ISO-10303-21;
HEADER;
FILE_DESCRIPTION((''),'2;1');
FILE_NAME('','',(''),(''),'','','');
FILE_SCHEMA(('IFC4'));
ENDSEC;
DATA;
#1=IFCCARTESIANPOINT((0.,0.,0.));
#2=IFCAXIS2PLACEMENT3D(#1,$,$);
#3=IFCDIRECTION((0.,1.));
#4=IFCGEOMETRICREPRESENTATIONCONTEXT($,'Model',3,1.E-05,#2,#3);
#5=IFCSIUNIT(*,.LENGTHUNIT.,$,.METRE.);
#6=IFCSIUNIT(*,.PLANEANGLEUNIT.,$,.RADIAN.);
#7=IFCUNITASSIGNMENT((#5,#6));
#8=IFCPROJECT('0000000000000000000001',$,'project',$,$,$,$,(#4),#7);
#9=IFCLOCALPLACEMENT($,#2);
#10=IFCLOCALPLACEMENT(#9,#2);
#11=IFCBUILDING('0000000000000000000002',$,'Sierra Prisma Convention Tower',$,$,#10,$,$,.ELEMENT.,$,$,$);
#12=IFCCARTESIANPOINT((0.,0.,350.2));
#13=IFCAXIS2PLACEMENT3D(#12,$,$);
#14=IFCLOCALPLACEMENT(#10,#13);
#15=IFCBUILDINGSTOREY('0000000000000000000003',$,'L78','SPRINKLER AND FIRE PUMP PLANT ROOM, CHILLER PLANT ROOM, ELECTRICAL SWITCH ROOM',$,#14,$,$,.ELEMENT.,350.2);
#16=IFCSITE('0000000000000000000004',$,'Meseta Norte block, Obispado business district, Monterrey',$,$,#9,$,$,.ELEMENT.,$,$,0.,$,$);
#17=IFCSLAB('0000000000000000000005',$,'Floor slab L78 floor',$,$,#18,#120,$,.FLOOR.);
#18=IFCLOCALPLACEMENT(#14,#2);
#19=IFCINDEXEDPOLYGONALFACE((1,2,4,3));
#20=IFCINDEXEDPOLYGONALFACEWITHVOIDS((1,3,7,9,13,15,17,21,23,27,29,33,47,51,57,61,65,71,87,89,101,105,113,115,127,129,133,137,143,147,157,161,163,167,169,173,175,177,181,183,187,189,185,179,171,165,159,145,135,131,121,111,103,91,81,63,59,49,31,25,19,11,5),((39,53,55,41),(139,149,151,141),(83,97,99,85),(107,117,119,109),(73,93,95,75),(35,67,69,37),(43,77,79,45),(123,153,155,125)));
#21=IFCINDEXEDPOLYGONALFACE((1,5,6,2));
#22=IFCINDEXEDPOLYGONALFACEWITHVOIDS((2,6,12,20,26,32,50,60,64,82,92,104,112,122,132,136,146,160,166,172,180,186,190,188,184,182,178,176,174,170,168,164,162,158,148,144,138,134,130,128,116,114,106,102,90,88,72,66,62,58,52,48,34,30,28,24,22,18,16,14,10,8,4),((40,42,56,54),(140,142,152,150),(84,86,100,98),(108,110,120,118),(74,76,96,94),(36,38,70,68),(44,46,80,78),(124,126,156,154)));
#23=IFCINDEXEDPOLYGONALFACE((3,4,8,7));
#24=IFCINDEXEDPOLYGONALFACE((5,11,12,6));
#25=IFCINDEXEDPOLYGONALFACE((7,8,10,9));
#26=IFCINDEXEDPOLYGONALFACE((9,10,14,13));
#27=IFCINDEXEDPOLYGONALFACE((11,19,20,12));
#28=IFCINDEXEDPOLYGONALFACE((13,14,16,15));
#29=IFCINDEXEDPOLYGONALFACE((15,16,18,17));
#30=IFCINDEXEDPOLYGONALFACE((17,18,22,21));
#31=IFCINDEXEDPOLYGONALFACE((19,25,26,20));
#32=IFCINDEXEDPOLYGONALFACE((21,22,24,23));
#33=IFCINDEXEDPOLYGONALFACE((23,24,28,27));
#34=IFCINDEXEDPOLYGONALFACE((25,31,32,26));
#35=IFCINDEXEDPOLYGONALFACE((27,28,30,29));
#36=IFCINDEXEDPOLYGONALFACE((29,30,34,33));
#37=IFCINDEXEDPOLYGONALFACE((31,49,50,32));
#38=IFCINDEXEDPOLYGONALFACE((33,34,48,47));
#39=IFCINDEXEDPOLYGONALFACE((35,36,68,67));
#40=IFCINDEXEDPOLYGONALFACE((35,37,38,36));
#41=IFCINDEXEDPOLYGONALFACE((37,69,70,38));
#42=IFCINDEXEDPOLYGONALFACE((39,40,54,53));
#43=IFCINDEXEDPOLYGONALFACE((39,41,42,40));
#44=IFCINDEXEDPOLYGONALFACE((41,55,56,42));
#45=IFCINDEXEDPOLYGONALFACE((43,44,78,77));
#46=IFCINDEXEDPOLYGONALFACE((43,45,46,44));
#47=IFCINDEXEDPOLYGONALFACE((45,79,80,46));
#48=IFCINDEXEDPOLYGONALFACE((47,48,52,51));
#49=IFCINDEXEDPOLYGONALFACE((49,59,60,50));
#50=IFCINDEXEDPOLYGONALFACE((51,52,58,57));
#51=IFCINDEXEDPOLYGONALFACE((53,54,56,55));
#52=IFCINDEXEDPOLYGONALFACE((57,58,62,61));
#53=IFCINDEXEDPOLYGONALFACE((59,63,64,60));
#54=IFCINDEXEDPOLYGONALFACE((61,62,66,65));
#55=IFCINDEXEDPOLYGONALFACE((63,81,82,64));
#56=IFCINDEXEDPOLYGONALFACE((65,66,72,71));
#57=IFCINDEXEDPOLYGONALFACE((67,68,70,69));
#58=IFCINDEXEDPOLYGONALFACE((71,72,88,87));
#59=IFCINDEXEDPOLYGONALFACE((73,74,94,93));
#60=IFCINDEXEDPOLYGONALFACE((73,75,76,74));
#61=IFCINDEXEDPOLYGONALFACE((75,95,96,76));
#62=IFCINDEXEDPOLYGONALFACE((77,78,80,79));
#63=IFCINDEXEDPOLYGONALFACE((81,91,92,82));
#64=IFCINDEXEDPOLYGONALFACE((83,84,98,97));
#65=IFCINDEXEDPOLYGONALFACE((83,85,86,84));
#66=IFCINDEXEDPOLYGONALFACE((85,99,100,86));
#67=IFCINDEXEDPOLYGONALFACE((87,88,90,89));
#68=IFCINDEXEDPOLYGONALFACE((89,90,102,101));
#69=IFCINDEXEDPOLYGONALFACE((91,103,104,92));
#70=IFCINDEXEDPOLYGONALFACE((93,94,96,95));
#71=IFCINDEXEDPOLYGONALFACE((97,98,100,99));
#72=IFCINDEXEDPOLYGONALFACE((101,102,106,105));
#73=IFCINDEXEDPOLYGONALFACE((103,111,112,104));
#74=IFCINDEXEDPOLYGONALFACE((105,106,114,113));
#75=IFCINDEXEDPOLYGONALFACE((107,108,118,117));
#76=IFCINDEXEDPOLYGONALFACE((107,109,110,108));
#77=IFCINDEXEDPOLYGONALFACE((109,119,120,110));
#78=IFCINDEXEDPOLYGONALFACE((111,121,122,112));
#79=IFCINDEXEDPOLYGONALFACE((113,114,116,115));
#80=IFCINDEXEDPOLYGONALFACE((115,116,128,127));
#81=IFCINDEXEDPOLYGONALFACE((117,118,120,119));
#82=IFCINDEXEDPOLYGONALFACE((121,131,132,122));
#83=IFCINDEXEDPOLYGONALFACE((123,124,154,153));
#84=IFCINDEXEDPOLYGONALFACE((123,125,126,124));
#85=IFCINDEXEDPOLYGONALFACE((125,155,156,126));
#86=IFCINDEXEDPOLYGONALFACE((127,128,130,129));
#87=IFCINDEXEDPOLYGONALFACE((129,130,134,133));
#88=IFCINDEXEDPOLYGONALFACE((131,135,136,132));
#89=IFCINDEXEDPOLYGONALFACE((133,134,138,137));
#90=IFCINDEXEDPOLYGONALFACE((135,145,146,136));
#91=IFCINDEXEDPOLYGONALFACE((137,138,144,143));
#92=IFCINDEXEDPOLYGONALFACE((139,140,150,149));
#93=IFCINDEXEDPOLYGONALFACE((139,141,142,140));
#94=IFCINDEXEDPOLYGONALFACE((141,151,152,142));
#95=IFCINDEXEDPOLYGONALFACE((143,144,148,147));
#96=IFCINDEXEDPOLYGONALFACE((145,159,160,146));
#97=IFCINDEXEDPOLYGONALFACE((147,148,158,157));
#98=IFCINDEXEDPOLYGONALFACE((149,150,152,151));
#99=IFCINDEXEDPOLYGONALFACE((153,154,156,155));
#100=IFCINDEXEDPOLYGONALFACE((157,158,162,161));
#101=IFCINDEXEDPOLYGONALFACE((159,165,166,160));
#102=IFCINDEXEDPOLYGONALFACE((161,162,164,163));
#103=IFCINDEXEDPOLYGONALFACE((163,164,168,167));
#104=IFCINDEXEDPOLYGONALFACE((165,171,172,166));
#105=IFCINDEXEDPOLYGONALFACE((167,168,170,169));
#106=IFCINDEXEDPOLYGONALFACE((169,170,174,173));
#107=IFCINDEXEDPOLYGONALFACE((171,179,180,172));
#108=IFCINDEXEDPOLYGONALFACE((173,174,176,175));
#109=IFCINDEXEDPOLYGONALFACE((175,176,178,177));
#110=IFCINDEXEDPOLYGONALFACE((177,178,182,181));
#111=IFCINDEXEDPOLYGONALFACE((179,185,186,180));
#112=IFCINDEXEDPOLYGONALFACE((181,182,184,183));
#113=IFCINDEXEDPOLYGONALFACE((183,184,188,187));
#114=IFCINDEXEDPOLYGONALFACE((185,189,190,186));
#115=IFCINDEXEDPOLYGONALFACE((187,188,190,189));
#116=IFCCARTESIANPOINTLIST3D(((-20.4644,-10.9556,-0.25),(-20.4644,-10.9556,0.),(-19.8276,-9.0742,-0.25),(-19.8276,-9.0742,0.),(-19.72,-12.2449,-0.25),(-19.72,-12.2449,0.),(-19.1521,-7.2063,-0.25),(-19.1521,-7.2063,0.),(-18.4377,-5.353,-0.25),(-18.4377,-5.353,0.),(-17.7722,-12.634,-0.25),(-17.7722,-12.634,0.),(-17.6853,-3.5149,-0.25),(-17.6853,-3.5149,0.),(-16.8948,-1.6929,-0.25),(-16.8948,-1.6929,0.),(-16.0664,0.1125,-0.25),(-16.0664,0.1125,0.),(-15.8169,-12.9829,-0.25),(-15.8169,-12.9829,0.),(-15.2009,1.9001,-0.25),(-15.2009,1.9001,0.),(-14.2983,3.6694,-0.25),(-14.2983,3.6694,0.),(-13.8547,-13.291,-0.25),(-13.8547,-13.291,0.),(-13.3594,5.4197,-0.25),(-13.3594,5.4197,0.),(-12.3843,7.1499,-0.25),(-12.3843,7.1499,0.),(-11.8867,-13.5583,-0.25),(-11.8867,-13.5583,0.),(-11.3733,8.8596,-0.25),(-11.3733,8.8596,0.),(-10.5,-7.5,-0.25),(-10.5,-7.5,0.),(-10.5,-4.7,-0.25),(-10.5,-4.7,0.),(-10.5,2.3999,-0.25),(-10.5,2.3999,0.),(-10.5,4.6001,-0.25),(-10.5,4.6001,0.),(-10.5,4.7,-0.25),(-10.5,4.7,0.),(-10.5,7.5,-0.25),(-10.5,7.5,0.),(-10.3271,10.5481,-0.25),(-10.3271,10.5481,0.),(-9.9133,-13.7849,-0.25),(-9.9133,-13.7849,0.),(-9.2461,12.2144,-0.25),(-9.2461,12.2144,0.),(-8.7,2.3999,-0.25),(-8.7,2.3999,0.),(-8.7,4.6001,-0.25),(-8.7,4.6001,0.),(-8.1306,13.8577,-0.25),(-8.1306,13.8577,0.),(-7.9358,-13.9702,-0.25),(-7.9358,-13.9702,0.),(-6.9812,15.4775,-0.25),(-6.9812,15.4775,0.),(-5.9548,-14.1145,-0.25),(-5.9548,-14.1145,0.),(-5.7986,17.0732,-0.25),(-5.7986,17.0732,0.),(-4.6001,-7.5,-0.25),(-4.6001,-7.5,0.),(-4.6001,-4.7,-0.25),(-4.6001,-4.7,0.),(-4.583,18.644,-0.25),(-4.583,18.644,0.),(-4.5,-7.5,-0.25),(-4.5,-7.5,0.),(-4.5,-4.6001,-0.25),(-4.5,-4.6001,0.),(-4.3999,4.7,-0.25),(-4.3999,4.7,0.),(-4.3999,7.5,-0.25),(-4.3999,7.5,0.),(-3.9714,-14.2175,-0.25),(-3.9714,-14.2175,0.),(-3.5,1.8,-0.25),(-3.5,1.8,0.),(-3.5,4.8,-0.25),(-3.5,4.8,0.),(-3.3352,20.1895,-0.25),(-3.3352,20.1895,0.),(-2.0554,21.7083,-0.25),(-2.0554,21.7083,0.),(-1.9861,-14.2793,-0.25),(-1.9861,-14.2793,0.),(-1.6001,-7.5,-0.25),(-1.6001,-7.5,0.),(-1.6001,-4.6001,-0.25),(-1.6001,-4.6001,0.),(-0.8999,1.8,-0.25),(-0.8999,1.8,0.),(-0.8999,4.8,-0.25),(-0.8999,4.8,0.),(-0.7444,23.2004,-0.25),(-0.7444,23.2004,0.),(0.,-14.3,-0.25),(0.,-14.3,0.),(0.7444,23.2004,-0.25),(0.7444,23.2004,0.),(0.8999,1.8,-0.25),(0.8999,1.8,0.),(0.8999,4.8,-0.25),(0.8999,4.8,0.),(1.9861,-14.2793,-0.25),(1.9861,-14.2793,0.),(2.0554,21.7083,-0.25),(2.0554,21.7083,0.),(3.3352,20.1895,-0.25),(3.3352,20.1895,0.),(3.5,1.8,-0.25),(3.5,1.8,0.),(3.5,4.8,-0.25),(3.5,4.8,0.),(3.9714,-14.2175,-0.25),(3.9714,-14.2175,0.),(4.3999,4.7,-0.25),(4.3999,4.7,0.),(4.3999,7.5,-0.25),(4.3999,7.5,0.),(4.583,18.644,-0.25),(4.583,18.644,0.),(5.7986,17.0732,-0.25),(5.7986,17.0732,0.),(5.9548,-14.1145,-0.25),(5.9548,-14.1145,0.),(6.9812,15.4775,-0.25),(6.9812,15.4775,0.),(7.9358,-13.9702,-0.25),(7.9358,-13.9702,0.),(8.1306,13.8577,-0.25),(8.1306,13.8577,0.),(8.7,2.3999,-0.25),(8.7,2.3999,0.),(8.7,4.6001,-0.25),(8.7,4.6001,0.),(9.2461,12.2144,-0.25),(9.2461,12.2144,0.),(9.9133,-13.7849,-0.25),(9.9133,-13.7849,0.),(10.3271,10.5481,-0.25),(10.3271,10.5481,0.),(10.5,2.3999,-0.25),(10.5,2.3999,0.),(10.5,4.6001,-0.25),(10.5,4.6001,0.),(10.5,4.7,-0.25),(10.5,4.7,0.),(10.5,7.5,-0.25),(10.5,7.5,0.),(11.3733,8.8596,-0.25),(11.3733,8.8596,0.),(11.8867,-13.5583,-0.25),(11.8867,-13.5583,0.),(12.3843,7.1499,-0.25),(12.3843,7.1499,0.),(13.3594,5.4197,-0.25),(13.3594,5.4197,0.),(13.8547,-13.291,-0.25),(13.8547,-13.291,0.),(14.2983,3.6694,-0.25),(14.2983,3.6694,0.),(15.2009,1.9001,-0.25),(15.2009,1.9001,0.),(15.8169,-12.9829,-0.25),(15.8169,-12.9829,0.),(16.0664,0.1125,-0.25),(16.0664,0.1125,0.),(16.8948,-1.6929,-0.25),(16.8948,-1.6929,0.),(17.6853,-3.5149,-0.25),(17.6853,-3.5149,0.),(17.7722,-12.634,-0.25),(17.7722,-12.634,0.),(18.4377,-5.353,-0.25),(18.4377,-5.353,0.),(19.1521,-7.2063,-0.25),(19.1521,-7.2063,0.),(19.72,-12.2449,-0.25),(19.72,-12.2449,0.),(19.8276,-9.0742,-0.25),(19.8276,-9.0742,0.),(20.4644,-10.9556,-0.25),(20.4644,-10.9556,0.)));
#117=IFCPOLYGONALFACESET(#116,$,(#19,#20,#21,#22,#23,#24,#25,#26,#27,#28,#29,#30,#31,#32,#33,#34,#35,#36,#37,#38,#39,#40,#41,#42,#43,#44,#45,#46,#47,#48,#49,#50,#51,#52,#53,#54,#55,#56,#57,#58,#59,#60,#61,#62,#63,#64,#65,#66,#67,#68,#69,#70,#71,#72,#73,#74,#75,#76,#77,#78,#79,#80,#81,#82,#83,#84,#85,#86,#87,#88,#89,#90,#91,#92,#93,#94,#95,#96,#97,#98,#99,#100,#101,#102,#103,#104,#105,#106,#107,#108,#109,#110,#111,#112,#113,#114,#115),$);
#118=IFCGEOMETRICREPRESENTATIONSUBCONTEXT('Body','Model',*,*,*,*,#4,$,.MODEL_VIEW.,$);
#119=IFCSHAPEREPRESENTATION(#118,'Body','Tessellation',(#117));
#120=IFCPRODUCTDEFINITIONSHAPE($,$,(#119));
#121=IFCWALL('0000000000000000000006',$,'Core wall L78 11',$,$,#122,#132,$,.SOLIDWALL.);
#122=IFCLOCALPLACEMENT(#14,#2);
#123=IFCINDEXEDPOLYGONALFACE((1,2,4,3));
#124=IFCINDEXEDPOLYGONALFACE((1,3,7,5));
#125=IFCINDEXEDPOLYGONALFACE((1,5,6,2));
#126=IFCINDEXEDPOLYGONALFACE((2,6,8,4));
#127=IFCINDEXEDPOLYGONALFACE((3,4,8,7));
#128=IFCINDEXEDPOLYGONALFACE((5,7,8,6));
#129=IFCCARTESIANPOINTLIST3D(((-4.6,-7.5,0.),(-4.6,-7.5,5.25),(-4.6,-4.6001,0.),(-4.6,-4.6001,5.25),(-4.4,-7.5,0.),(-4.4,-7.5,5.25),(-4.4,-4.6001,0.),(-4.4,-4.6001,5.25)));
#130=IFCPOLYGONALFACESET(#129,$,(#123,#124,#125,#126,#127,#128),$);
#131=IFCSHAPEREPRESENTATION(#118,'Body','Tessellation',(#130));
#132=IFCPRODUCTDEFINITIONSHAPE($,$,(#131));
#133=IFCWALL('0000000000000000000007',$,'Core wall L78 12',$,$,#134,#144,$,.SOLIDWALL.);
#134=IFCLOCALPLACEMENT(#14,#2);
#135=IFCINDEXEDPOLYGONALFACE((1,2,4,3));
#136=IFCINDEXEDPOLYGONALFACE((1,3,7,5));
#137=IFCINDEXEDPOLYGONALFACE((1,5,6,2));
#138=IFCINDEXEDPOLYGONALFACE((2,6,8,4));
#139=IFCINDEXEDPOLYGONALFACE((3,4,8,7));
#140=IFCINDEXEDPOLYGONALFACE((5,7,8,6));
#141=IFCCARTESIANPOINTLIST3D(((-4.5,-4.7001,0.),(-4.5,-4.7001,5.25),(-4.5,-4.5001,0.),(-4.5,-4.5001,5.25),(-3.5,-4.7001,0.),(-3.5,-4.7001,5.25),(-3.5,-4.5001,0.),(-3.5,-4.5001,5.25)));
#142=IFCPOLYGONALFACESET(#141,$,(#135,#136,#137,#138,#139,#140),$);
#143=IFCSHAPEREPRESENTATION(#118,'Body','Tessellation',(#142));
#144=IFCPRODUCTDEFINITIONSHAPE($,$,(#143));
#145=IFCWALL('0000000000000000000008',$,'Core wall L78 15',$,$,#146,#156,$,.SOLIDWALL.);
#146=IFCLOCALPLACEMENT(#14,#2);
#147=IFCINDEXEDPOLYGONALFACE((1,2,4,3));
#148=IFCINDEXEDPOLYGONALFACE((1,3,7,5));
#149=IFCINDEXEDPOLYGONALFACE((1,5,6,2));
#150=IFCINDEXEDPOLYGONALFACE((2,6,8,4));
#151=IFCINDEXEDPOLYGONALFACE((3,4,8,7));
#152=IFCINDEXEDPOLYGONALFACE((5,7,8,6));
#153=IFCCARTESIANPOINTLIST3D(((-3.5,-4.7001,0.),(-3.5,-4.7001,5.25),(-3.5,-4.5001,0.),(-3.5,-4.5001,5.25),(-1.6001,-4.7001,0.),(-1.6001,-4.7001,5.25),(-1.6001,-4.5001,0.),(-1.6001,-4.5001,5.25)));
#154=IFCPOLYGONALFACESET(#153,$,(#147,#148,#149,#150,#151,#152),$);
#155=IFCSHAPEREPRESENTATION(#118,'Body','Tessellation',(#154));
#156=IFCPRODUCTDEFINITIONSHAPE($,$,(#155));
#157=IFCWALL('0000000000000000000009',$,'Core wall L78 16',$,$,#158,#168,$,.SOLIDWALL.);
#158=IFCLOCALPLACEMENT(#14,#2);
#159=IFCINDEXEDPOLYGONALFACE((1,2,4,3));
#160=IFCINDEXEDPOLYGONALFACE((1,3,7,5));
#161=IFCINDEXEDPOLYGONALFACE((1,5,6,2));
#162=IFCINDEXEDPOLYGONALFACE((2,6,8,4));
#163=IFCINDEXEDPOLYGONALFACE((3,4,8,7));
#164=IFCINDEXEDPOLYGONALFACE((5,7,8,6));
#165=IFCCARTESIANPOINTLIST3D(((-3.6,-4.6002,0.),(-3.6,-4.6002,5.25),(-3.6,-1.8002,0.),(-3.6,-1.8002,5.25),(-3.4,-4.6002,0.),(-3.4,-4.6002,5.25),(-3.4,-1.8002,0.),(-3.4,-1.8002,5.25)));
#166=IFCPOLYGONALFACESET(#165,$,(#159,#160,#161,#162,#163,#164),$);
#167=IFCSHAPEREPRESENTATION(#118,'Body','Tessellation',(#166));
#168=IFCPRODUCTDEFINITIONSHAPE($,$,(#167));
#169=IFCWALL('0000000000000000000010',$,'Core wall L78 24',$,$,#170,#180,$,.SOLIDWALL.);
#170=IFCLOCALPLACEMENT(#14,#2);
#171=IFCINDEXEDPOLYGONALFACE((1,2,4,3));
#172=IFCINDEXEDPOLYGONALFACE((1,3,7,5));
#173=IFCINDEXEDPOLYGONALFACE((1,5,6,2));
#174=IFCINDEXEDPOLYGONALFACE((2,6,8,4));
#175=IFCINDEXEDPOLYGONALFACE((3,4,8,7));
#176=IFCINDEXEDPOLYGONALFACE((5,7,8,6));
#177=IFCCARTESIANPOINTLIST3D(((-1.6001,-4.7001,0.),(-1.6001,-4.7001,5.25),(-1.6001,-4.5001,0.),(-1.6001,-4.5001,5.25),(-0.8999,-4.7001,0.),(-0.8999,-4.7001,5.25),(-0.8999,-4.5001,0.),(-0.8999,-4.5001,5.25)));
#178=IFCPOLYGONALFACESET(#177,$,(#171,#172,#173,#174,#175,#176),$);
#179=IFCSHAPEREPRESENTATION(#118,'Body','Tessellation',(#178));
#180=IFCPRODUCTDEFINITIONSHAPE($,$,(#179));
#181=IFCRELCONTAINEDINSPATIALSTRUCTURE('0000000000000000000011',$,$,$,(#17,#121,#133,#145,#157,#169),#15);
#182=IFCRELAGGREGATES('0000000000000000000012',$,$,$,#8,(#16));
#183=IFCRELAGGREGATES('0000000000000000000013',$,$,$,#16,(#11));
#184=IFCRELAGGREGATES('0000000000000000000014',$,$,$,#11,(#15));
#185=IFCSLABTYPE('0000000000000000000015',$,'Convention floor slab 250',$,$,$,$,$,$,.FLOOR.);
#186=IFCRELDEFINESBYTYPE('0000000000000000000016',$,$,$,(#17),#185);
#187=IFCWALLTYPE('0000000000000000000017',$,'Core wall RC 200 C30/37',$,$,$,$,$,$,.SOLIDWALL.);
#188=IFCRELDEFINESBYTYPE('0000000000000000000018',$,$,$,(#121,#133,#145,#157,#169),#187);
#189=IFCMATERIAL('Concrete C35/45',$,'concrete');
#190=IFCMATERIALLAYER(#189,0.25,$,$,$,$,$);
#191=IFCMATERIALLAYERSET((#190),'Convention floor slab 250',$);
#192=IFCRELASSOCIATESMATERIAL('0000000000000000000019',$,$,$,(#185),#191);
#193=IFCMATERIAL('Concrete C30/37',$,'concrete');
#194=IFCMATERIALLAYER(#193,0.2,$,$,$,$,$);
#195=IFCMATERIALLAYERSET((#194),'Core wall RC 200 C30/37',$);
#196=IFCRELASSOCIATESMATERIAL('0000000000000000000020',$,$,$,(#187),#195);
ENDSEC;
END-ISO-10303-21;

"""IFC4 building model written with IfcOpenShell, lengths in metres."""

from ifc_helpers import new_model, si_unit, direction, frame, frame_2d, origin, place, context, subcontext, project, spatial, polyline, rectangle, outline, extrude, material, layer, layer_set, type_object, element, save


model = new_model("IFC4")

# Units and contexts
model_context = context("Model", 3, precision=1e-05, world=origin(), true_north=direction((0.0, 1.0)))
body_context = subcontext(model_context, "Body", "Model", "MODEL_VIEW")
ifc_project = project(units=[si_unit("LENGTHUNIT", "METRE"), si_unit("PLANEANGLEUNIT", "RADIAN")], contexts=[model_context])

# Site, building, storey
site_placement = place(None, origin())
site = spatial("IfcSite", under=ifc_project, at=site_placement, Name="Meseta Norte block, Obispado business district, Monterrey", CompositionType="ELEMENT", RefElevation=0.0)
building_placement = place(site_placement, origin())
building = spatial("IfcBuilding", under=site, at=building_placement, Name="Sierra Prisma Convention Tower", CompositionType="ELEMENT")
storey_placement = place(building_placement, frame((0.0, 0.0, 350.2)))
storey = spatial("IfcBuildingStorey", under=building, at=storey_placement, Name="L78", Description="SPRINKLER AND FIRE PUMP PLANT ROOM, CHILLER PLANT ROOM, ELECTRICAL SWITCH ROOM", CompositionType="ELEMENT", Elevation=350.2)

# Slab
ifc_material_1 = material(Name="Concrete C35/45", Category="concrete")
ifc_layer_1 = layer(ifc_material_1, 0.25)
ifc_layer_set_1 = layer_set([ifc_layer_1], Name="Convention floor slab 250")
slab_type = type_object("IfcSlabType", Name="Convention floor slab 250", PredefinedType="FLOOR", material=ifc_layer_set_1)
slab_placement = place(storey_placement, frame((0.0, 0.0, -0.25)))
element("IfcSlab", 1, at=slab_placement, inside=storey, type_object=slab_type, Name="Floor slab L78 floor", PredefinedType="FLOOR", context=body_context, shape_type="SweptSolid", body=[
    extrude(outline(polyline([(-19.72, -12.2449), (-17.7722, -12.634), (-15.8169, -12.9829), (-13.8547, -13.291), (-11.8867, -13.5583), (-9.9133, -13.7849), (-7.9358, -13.9702), (-5.9548, -14.1145), (-3.9714, -14.2175), (-1.9861, -14.2793), (0.0, -14.3), (1.9861, -14.2793), (3.9714, -14.2175), (5.9548, -14.1145), (7.9358, -13.9702), (9.9133, -13.7849), (11.8867, -13.5583), (13.8547, -13.291), (15.8169, -12.9829), (17.7722, -12.634), (19.72, -12.2449), (20.4644, -10.9556), (19.8276, -9.0742), (19.1521, -7.2063), (18.4377, -5.353), (17.6853, -3.5149), (16.8948, -1.6929), (16.0664, 0.1125), (15.2009, 1.9001), (14.2983, 3.6694), (13.3594, 5.4197), (12.3843, 7.1499), (11.3733, 8.8596), (10.3271, 10.5481), (9.2461, 12.2144), (8.1306, 13.8577), (6.9812, 15.4775), (5.7986, 17.0732), (4.583, 18.644), (3.3352, 20.1895), (2.0554, 21.7083), (0.7444, 23.2004), (-0.7444, 23.2004), (-2.0554, 21.7083), (-3.3352, 20.1895), (-4.583, 18.644), (-5.7986, 17.0732), (-6.9812, 15.4775), (-8.1306, 13.8577), (-9.2461, 12.2144), (-10.3271, 10.5481), (-11.3733, 8.8596), (-12.3843, 7.1499), (-13.3594, 5.4197), (-14.2983, 3.6694), (-15.2009, 1.9001), (-16.0664, 0.1125), (-16.8948, -1.6929), (-17.6853, -3.5149), (-18.4377, -5.353), (-19.1521, -7.2063), (-19.8276, -9.0742), (-20.4644, -10.9556), (-19.72, -12.2449)]), holes=[polyline([(-4.6001, -4.7), (-4.6001, -7.5), (-10.5, -7.5), (-10.5, -4.7), (-4.6001, -4.7)]), polyline([(-1.6001, -4.6001), (-1.6001, -7.5), (-4.5, -7.5), (-4.5, -4.6001), (-1.6001, -4.6001)]), polyline([(-0.8999, 4.8), (-0.8999, 1.8), (-3.5, 1.8), (-3.5, 4.8), (-0.8999, 4.8)]), polyline([(3.5, 4.8), (3.5, 1.8), (0.8999, 1.8), (0.8999, 4.8), (3.5, 4.8)]), polyline([(-8.7, 4.6001), (-8.7, 2.3999), (-10.5, 2.3999), (-10.5, 4.6001), (-8.7, 4.6001)]), polyline([(10.5, 4.6001), (10.5, 2.3999), (8.7, 2.3999), (8.7, 4.6001), (10.5, 4.6001)]), polyline([(-4.3999, 7.5), (-4.3999, 4.7), (-10.5, 4.7), (-10.5, 7.5), (-4.3999, 7.5)]), polyline([(10.5, 7.5), (10.5, 4.7), (4.3999, 4.7), (4.3999, 7.5), (10.5, 7.5)])]), origin(), (0.0, 0.0, 1.0), 0.25),
])

# Shared definitions
ifc_material_2 = material(Name="Concrete C30/37", Category="concrete")
ifc_layer_2 = layer(ifc_material_2, 0.2)
ifc_layer_set_2 = layer_set([ifc_layer_2], Name="Core wall RC 200 C30/37")
wall_type_1 = type_object("IfcWallType", Name="Core wall RC 200 C30/37", PredefinedType="SOLIDWALL", material=ifc_layer_set_2)

# Walls
wall_1_placement = place(storey_placement, frame((-4.5, -4.6001, 0.0), z_axis=(0.0, 0.0, 1.0), x_axis=(0.0, -1.0, 0.0)))
element("IfcWall", 2, at=wall_1_placement, inside=storey, type_object=wall_type_1, Name="Core wall L78 11", PredefinedType="SOLIDWALL", context=body_context, shape_type="SweptSolid", body=[
    extrude(rectangle(XDim=2.8999, YDim=0.2, at=frame_2d((1.45, 0.0))), origin(), (0.0, 0.0, 1.0), 5.25),
])
wall_2_placement = place(storey_placement, frame((-4.5, -4.6001, 0.0), z_axis=(0.0, 0.0, 1.0), x_axis=(1.0, 0.0, 0.0)))
element("IfcWall", 3, at=wall_2_placement, inside=storey, type_object=wall_type_1, Name="Core wall L78 12", PredefinedType="SOLIDWALL", context=body_context, shape_type="SweptSolid", body=[
    extrude(rectangle(XDim=1.0, YDim=0.2, at=frame_2d((0.5, 0.0))), origin(), (0.0, 0.0, 1.0), 5.25),
])
wall_3_placement = place(storey_placement, frame((-3.5, -4.6001, 0.0), z_axis=(0.0, 0.0, 1.0), x_axis=(1.0, 0.0, 0.0)))
element("IfcWall", 4, at=wall_3_placement, inside=storey, type_object=wall_type_1, Name="Core wall L78 15", PredefinedType="SOLIDWALL", context=body_context, shape_type="SweptSolid", body=[
    extrude(rectangle(XDim=1.8999, YDim=0.2, at=frame_2d((0.95, 0.0))), origin(), (0.0, 0.0, 1.0), 5.25),
])
wall_4_placement = place(storey_placement, frame((-3.5, -4.6001, 0.0), z_axis=(0.0, 0.0, 1.0), x_axis=(0.0, 1.0, 0.0)))
element("IfcWall", 5, at=wall_4_placement, inside=storey, type_object=wall_type_1, Name="Core wall L78 16", PredefinedType="SOLIDWALL", context=body_context, shape_type="SweptSolid", body=[
    extrude(rectangle(XDim=2.8, YDim=0.2, at=frame_2d((1.3999, 0.0))), origin(), (0.0, 0.0, 1.0), 5.25),
])

# Wall
wall_5_placement = place(storey_placement, frame((-1.6001, -4.6001, 0.0), z_axis=(0.0, 0.0, 1.0), x_axis=(1.0, 0.0, 0.0)))
element("IfcWall", 6, at=wall_5_placement, inside=storey, type_object=wall_type_1, Name="Core wall L78 24", PredefinedType="SOLIDWALL", context=body_context, shape_type="SweptSolid", body=[
    extrude(rectangle(XDim=0.7002, YDim=0.2, at=frame_2d((0.3501, 0.0))), origin(), (0.0, 0.0, 1.0), 5.25),
])

save(model, "model.ifc")
